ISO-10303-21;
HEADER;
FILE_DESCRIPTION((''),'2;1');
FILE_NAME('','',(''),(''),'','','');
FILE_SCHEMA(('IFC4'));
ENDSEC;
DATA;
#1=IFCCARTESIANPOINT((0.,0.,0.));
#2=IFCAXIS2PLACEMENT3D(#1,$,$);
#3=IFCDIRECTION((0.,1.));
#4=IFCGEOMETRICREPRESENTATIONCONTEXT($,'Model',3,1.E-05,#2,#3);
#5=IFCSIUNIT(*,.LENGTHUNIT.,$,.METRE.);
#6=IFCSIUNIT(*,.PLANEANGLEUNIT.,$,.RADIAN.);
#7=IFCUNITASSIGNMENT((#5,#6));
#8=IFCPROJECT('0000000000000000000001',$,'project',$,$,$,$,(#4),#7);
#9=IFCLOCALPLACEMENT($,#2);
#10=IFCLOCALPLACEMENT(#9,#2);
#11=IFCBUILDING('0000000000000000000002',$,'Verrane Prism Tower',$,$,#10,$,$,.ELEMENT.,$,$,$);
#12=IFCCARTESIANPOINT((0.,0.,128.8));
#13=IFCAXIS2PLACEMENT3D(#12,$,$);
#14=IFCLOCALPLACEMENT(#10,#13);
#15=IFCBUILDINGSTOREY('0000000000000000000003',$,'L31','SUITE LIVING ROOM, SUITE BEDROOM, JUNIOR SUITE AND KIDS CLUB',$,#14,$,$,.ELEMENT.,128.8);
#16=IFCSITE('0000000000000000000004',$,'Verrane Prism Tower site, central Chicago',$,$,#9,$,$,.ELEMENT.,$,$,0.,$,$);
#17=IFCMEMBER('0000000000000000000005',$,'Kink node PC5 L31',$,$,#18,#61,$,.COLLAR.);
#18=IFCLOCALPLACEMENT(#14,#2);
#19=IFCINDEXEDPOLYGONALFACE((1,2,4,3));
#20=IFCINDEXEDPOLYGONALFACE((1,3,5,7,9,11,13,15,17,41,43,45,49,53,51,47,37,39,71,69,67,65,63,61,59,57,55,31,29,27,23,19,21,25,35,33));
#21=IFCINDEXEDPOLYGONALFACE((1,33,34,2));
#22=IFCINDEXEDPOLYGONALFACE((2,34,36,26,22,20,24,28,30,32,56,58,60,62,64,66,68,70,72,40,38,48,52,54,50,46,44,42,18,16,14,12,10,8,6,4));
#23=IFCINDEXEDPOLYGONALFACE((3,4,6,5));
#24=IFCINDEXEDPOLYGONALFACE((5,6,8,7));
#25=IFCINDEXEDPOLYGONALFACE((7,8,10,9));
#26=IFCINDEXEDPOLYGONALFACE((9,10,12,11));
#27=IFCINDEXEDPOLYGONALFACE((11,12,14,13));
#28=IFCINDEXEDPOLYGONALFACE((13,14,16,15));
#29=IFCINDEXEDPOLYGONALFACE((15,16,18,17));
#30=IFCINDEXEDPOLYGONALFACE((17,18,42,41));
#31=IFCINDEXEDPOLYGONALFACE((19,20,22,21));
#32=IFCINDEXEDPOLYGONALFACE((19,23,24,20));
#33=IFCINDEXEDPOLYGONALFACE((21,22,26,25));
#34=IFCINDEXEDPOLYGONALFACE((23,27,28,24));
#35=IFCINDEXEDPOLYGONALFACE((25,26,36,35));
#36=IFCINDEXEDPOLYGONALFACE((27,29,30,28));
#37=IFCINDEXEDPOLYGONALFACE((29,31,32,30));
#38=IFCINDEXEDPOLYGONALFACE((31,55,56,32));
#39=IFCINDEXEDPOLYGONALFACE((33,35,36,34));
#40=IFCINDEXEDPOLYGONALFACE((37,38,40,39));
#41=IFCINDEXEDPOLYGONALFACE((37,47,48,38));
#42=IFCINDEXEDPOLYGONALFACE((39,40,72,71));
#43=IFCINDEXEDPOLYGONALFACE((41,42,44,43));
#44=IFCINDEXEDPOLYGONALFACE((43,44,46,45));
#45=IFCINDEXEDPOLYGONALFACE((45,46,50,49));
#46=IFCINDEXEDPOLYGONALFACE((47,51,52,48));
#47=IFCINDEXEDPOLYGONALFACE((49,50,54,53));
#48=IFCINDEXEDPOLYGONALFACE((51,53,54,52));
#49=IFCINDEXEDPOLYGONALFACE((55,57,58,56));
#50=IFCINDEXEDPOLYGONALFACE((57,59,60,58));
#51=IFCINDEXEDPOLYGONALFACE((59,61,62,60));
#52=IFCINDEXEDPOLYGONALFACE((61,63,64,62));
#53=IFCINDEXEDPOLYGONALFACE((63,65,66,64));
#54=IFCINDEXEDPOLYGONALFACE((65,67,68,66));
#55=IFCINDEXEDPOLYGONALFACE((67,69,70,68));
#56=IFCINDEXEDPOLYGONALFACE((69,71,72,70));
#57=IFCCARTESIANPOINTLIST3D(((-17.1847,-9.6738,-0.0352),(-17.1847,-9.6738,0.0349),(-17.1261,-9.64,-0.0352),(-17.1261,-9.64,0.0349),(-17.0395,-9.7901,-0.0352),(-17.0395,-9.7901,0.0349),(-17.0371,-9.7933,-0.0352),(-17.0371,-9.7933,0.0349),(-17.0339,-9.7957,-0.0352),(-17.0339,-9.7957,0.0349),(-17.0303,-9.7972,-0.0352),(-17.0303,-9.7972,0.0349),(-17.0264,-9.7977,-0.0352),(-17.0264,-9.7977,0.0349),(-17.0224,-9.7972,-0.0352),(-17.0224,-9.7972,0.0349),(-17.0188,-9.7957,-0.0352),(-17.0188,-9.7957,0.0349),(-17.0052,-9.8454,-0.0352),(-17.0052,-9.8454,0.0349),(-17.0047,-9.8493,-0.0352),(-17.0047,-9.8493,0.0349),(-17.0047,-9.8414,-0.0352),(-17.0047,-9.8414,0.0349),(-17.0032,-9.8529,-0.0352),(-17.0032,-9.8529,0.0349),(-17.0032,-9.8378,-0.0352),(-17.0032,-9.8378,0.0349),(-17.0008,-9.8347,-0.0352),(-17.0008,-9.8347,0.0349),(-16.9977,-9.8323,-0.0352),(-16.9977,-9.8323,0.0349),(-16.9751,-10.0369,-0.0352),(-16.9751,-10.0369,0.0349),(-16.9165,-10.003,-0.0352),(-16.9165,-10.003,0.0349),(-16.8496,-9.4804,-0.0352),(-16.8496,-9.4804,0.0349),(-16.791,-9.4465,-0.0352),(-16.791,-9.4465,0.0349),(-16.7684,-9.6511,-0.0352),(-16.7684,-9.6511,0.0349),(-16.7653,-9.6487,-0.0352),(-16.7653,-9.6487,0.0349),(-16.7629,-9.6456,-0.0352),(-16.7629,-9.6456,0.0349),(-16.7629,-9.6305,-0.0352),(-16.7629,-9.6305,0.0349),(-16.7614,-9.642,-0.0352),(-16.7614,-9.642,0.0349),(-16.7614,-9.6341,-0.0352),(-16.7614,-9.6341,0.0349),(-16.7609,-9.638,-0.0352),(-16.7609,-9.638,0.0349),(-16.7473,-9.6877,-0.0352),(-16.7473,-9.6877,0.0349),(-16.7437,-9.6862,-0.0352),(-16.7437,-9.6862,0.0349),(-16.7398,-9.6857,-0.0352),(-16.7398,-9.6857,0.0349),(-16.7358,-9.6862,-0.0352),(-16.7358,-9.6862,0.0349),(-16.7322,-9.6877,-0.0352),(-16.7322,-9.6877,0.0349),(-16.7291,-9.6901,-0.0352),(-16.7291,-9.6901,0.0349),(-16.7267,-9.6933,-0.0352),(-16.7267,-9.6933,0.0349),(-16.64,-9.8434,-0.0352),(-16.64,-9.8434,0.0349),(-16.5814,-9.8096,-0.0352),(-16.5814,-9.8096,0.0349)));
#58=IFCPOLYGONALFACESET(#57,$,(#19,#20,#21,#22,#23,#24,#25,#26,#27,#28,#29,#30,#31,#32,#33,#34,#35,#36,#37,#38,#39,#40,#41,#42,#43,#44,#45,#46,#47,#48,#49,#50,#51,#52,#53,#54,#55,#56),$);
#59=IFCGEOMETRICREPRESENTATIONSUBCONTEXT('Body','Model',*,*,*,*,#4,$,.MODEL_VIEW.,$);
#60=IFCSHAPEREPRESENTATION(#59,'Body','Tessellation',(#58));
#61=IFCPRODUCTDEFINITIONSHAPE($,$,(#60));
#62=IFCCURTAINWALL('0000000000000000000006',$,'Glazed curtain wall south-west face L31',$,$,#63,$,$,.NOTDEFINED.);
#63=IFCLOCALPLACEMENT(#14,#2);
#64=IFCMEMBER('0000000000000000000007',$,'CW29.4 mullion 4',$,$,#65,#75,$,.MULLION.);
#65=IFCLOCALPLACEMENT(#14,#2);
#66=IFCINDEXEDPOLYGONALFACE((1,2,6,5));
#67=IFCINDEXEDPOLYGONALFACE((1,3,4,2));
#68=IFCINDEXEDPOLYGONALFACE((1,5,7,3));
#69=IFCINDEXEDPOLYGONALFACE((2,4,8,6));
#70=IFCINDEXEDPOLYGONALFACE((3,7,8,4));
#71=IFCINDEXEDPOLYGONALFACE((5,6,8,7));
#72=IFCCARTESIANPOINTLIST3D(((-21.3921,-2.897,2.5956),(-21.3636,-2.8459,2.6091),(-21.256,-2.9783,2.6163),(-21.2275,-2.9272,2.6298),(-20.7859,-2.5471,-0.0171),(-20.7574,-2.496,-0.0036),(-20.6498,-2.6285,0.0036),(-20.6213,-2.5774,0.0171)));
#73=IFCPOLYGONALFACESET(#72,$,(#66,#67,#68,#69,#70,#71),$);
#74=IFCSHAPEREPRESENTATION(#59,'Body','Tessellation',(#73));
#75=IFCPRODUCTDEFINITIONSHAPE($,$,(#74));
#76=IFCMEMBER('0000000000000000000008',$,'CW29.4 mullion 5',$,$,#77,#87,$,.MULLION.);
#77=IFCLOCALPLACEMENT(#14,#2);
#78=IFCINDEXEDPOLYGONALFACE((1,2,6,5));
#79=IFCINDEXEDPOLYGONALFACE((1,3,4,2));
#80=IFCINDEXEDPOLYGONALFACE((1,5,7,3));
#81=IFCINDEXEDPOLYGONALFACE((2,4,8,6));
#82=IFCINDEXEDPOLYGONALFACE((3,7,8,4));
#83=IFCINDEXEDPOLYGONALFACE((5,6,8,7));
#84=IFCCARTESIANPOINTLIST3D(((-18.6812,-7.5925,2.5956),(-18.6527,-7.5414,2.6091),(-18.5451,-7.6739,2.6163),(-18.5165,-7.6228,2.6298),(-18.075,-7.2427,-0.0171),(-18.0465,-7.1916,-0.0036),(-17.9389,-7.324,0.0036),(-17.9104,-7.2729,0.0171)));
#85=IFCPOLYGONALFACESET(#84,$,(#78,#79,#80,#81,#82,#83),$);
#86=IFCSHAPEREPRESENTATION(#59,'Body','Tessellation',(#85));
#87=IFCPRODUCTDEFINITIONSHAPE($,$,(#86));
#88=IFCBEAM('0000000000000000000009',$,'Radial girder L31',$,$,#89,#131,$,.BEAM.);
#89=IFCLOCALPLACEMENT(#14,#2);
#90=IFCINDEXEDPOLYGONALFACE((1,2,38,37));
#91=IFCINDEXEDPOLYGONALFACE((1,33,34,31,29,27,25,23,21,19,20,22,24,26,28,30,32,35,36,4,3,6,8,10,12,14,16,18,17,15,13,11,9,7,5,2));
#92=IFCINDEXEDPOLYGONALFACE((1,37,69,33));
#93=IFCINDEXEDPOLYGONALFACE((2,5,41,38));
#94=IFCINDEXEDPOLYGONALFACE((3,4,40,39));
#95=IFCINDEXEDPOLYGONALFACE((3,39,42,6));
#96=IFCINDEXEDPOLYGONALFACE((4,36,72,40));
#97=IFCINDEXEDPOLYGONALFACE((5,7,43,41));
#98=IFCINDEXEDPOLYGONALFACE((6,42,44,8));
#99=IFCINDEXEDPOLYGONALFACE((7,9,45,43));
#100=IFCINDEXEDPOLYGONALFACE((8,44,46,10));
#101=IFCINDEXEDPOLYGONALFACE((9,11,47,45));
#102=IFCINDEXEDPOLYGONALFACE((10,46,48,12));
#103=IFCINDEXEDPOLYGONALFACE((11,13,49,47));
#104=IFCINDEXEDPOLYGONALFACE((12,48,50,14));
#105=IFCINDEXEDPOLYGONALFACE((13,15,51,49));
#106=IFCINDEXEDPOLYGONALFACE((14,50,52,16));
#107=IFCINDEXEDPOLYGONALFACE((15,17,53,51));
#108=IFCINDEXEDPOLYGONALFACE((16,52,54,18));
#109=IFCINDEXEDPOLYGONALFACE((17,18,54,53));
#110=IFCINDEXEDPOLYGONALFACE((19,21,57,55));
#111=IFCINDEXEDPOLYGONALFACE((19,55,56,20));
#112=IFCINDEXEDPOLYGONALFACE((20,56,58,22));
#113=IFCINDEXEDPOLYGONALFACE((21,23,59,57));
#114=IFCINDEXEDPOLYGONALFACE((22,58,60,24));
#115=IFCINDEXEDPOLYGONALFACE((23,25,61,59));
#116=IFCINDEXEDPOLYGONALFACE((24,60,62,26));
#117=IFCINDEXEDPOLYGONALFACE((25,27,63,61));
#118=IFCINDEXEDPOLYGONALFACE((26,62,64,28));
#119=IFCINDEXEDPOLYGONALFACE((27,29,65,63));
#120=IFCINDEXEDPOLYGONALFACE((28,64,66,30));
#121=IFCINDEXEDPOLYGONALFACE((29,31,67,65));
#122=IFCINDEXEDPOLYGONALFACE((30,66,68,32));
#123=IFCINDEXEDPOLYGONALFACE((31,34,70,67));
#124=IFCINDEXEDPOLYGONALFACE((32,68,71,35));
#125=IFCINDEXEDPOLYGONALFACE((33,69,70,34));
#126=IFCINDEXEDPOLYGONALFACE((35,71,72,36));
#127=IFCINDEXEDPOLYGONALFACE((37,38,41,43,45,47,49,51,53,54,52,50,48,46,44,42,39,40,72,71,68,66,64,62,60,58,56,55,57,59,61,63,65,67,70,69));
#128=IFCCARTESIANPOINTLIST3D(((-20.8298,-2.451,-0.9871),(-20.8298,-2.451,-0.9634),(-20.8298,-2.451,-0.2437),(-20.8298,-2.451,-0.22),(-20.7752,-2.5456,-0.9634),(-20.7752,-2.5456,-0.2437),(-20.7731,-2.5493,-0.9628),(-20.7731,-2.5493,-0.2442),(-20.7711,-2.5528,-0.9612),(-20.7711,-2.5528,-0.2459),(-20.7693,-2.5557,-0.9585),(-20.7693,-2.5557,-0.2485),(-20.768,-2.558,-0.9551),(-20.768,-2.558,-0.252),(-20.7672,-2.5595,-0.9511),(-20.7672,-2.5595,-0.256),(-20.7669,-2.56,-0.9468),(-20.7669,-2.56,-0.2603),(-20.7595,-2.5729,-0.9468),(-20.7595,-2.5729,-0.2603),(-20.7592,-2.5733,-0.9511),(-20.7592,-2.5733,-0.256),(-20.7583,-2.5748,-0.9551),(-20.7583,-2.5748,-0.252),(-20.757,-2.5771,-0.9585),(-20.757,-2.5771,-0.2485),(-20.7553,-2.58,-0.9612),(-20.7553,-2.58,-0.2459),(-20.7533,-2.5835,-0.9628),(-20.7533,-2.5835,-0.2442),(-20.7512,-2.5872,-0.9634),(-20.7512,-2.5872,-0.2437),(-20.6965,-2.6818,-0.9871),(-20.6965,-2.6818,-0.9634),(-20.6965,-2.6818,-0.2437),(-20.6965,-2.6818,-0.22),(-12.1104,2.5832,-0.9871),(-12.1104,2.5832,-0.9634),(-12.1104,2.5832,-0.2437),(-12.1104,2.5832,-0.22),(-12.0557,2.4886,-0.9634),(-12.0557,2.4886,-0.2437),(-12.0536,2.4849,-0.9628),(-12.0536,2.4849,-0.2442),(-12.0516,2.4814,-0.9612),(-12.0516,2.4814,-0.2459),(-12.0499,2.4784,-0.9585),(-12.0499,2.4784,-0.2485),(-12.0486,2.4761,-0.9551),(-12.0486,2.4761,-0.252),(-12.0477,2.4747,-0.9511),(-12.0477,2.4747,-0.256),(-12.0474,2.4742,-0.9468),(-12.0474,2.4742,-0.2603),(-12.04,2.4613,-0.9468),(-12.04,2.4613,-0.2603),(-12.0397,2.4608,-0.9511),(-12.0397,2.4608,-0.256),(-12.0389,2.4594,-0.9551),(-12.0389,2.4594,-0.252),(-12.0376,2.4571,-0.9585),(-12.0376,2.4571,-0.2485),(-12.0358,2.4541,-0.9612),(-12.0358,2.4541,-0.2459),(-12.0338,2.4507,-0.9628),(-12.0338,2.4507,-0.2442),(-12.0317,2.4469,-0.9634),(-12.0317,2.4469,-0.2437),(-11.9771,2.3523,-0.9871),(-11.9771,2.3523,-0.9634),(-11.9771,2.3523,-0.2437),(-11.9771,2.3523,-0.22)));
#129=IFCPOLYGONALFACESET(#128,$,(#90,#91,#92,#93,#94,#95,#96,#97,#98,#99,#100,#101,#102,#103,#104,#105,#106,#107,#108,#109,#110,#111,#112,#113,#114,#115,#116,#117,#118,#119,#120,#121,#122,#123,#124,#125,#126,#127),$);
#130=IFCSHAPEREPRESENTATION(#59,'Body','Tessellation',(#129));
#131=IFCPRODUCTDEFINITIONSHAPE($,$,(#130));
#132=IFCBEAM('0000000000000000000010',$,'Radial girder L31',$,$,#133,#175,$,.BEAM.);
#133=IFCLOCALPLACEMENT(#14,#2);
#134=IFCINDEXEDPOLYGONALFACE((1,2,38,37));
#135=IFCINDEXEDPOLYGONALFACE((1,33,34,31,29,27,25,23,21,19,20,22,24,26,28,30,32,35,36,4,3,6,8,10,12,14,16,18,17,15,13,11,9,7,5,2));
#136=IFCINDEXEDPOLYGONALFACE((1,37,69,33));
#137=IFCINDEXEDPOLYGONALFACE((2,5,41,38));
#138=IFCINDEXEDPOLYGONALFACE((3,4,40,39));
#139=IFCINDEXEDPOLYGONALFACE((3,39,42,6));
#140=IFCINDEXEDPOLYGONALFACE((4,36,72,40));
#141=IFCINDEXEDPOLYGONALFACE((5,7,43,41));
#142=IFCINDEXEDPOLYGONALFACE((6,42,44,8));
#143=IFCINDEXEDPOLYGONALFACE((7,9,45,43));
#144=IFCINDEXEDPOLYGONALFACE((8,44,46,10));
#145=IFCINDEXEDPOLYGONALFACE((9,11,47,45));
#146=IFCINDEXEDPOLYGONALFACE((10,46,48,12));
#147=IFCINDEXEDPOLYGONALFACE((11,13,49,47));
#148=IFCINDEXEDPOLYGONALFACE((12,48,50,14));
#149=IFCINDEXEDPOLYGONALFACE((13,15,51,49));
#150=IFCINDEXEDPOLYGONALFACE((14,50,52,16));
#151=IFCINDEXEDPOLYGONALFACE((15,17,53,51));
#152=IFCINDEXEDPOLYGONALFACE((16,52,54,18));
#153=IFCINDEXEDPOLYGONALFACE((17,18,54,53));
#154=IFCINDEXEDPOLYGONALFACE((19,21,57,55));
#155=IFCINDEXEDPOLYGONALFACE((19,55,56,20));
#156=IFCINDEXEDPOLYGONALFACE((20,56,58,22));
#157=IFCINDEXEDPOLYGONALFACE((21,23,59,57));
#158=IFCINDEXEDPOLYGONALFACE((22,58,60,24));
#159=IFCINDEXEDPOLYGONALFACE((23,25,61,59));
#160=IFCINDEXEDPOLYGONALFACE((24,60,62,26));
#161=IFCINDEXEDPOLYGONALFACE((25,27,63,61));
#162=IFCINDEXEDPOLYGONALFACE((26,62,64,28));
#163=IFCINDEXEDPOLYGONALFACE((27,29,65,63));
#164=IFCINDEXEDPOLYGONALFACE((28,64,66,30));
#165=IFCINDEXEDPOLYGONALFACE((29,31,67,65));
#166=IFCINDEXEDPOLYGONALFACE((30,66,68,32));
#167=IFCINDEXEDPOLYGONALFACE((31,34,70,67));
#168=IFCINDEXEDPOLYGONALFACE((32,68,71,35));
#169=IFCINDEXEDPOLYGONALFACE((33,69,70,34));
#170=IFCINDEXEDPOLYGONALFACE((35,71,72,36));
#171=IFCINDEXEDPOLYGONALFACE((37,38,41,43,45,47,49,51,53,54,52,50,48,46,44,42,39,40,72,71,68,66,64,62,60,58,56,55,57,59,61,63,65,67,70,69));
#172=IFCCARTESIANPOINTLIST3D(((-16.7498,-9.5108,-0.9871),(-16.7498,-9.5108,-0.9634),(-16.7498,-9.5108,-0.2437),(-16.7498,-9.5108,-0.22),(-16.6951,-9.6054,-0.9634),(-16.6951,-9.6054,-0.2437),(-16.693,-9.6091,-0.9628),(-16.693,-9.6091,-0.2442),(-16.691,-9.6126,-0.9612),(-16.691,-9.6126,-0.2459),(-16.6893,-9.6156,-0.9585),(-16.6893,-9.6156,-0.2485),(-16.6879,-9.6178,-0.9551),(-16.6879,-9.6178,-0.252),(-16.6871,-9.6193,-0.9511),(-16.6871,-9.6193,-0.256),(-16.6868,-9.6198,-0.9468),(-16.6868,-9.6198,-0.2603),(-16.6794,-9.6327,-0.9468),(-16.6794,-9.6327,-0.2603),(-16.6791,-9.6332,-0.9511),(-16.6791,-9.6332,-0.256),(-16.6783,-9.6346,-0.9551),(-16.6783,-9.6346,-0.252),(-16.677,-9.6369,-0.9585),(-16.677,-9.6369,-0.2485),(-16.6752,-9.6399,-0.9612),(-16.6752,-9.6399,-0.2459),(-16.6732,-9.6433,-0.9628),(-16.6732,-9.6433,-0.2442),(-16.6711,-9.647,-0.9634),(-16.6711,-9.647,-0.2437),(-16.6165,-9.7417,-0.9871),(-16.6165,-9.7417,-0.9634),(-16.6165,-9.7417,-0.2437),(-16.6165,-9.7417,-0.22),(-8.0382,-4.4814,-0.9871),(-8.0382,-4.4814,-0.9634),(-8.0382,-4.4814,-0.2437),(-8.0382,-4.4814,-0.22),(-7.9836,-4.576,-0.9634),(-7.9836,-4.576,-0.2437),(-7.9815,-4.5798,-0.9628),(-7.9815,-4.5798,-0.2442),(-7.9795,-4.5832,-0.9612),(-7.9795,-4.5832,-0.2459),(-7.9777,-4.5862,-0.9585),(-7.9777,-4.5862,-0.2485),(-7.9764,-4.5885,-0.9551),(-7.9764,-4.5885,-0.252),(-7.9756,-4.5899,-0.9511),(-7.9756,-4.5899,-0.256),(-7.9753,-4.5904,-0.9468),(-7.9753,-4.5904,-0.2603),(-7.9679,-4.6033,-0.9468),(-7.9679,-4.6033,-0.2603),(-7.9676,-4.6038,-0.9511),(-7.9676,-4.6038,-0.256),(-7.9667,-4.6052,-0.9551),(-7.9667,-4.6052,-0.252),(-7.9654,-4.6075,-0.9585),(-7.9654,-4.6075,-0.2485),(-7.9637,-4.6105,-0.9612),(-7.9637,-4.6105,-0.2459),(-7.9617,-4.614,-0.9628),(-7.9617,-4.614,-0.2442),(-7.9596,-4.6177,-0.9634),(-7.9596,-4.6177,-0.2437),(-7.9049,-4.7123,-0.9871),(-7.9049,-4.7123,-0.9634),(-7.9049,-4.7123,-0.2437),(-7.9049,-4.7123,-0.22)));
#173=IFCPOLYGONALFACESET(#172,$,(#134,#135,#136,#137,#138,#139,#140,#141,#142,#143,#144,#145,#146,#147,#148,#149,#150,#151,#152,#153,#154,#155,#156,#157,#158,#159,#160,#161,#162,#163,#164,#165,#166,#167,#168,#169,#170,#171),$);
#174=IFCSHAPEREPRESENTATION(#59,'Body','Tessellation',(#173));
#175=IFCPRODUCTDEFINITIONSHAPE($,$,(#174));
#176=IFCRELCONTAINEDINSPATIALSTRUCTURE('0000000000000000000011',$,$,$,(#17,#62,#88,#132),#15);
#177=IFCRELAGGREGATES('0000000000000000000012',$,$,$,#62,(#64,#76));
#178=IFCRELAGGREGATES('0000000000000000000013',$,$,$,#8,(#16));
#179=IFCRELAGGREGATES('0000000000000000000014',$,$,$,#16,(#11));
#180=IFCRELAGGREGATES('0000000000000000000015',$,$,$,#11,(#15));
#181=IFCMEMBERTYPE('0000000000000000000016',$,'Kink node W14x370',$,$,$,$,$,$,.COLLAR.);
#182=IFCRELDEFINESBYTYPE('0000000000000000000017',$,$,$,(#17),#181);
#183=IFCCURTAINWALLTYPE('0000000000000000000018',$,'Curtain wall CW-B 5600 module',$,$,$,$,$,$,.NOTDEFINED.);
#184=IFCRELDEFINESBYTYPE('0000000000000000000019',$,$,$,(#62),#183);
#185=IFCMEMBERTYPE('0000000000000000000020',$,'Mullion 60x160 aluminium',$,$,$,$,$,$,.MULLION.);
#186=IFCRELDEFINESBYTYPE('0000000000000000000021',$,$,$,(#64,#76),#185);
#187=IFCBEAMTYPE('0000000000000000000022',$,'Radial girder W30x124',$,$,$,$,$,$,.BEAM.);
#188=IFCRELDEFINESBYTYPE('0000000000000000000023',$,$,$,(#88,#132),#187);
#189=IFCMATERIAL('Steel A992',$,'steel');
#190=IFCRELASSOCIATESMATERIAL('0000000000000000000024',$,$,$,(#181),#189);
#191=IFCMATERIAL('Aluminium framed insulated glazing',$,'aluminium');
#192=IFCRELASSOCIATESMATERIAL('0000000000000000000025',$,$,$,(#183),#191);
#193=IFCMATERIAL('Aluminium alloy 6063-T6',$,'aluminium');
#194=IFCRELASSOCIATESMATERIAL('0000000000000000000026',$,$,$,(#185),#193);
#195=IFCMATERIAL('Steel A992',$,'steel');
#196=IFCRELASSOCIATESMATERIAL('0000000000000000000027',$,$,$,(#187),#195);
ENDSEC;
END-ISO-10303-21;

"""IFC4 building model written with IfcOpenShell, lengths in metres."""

from ifc_helpers import new_model, si_unit, direction, frame, origin, origin_2d, place, context, subcontext, project, spatial, rectangle, i_section, extrude, material, material_profile, profile_set, type_object, element, aggregate, save


model = new_model("IFC4")

# Units and contexts
model_context = context("Model", 3, precision=1e-05, world=origin(), true_north=direction((0.0, 1.0)))
body_context = subcontext(model_context, "Body", "Model", "MODEL_VIEW")
ifc_project = project(units=[si_unit("LENGTHUNIT", "METRE"), si_unit("PLANEANGLEUNIT", "RADIAN")], contexts=[model_context])

# Site, building, storey
site_placement = place(None, origin())
site = spatial("IfcSite", under=ifc_project, at=site_placement, Name="Verrane Prism Tower site, central Chicago", CompositionType="ELEMENT", RefElevation=0.0)
building_placement = place(site_placement, origin())
building = spatial("IfcBuilding", under=site, at=building_placement, Name="Verrane Prism Tower", CompositionType="ELEMENT")
storey_placement = place(building_placement, frame((0.0, 0.0, 128.8)))
storey = spatial("IfcBuildingStorey", under=building, at=storey_placement, Name="L31", Description="SUITE LIVING ROOM, SUITE BEDROOM, JUNIOR SUITE AND KIDS CLUB", CompositionType="ELEMENT", Elevation=128.8)

# Member
ifc_material_1 = material(Name="Steel A992", Category="steel")
ifc_material_profile_1 = material_profile(ifc_material_1, i_section(OverallWidth=0.4192, OverallDepth=0.4546, WebThickness=0.0422, FlangeThickness=0.0676, FilletRadius=0.0151, at=origin_2d()), Name="W14x370")
ifc_profile_set_1 = profile_set([ifc_material_profile_1], Name="Steel A992")
member_type_1 = type_object("IfcMemberType", Name="Kink node W14x370", PredefinedType="COLLAR", material=ifc_profile_set_1)
member_1_placement = place(storey_placement, frame((-16.8831, -9.7417, -0.0352), z_axis=(0.0, 0.0, 1.0), x_axis=(-0.5, 0.866025, 0.0)))
element("IfcMember", 1, at=member_1_placement, inside=storey, type_object=member_type_1, Name="Kink node PC5 L31", PredefinedType="COLLAR", context=body_context, shape_type="SweptSolid", body=[
    extrude(i_section(OverallWidth=0.4192, OverallDepth=0.4546, WebThickness=0.0422, FlangeThickness=0.0676, FilletRadius=0.0151, at=origin_2d()), origin(), (0.0, 0.0, 1.0), 0.0701),
])

# Curtain wall, members
ifc_material_2 = material(Name="Aluminium framed insulated glazing", Category="aluminium")
curtain_wall_type = type_object("IfcCurtainWallType", Name="Curtain wall CW-B 5600 module", PredefinedType="NOTDEFINED", material=ifc_material_2)
curtain_wall_placement = place(storey_placement, origin())
curtain_wall = element("IfcCurtainWall", 2, at=curtain_wall_placement, inside=storey, type_object=curtain_wall_type, Name="Glazed curtain wall south-west face L31", PredefinedType="NOTDEFINED")
ifc_material_3 = material(Name="Aluminium alloy 6063-T6", Category="aluminium")
ifc_material_profile_2 = material_profile(ifc_material_3, rectangle(XDim=0.1599, YDim=0.0601, at=origin_2d()), Name="Mullion 60x160 aluminium")
ifc_profile_set_2 = profile_set([ifc_material_profile_2], Name="Aluminium alloy 6063-T6")
member_type_2 = type_object("IfcMemberType", Name="Mullion 60x160 aluminium", PredefinedType="MULLION", material=ifc_profile_set_2)
member_2_placement = place(storey_placement, frame((-20.7036, -2.5623, 0.0), z_axis=(-0.224111, -0.12934, 0.965943), x_axis=(0.851192, -0.508658, 0.129378)))
member_2 = element("IfcMember", 3, at=member_2_placement, type_object=member_type_2, Name="CW29.4 mullion 4", PredefinedType="MULLION", context=body_context, shape_type="SweptSolid", body=[
    extrude(rectangle(XDim=0.1599, YDim=0.0601, at=origin_2d()), origin(), (0.0, 0.0, 1.0), 2.7048),
])
member_3_placement = place(storey_placement, frame((-17.9927, -7.2578, 0.0), z_axis=(-0.224111, -0.12934, 0.965943), x_axis=(0.851192, -0.508658, 0.129378)))
member_3 = element("IfcMember", 4, at=member_3_placement, type_object=member_type_2, Name="CW29.4 mullion 5", PredefinedType="MULLION", context=body_context, shape_type="SweptSolid", body=[
    extrude(rectangle(XDim=0.1599, YDim=0.0601, at=origin_2d()), origin(), (0.0, 0.0, 1.0), 2.7048),
])

# Beams
ifc_material_4 = material(Name="Steel A992", Category="steel")
ifc_material_profile_3 = material_profile(ifc_material_4, i_section(OverallWidth=0.2666, OverallDepth=0.7671, WebThickness=0.0149, FlangeThickness=0.0237, FilletRadius=0.0166, at=origin_2d()), Name="W30x124")
ifc_profile_set_3 = profile_set([ifc_material_profile_3], Name="Steel A992")
beam_type_1 = type_object("IfcBeamType", Name="Radial girder W30x124", PredefinedType="BEAM", material=ifc_profile_set_3)
beam_1_placement = place(storey_placement, frame((-20.7632, -2.5664, -0.6035), z_axis=(0.866026, 0.499999, 0.0), x_axis=(-0.499999, 0.866026, 0.0)))
element("IfcBeam", 5, at=beam_1_placement, inside=storey, type_object=beam_type_1, Name="Radial girder L31", PredefinedType="BEAM", context=body_context, shape_type="SweptSolid", body=[
    extrude(i_section(OverallWidth=0.2666, OverallDepth=0.7671, WebThickness=0.0149, FlangeThickness=0.0237, FilletRadius=0.0166, at=origin_2d()), origin(), (0.0, 0.0, 1.0), 10.0684),
])
beam_2_placement = place(storey_placement, frame((-16.6831, -9.6262, -0.6035), z_axis=(0.866036, 0.499982, 0.0), x_axis=(-0.499982, 0.866036, 0.0)))
element("IfcBeam", 6, at=beam_2_placement, inside=storey, type_object=beam_type_1, Name="Radial girder L31", PredefinedType="BEAM", context=body_context, shape_type="SweptSolid", body=[
    extrude(i_section(OverallWidth=0.2666, OverallDepth=0.7671, WebThickness=0.0149, FlangeThickness=0.0237, FilletRadius=0.0166, at=origin_2d()), origin(), (0.0, 0.0, 1.0), 10.0591),
])

aggregate(curtain_wall, [member_2, member_3])

save(model, "model.ifc")
